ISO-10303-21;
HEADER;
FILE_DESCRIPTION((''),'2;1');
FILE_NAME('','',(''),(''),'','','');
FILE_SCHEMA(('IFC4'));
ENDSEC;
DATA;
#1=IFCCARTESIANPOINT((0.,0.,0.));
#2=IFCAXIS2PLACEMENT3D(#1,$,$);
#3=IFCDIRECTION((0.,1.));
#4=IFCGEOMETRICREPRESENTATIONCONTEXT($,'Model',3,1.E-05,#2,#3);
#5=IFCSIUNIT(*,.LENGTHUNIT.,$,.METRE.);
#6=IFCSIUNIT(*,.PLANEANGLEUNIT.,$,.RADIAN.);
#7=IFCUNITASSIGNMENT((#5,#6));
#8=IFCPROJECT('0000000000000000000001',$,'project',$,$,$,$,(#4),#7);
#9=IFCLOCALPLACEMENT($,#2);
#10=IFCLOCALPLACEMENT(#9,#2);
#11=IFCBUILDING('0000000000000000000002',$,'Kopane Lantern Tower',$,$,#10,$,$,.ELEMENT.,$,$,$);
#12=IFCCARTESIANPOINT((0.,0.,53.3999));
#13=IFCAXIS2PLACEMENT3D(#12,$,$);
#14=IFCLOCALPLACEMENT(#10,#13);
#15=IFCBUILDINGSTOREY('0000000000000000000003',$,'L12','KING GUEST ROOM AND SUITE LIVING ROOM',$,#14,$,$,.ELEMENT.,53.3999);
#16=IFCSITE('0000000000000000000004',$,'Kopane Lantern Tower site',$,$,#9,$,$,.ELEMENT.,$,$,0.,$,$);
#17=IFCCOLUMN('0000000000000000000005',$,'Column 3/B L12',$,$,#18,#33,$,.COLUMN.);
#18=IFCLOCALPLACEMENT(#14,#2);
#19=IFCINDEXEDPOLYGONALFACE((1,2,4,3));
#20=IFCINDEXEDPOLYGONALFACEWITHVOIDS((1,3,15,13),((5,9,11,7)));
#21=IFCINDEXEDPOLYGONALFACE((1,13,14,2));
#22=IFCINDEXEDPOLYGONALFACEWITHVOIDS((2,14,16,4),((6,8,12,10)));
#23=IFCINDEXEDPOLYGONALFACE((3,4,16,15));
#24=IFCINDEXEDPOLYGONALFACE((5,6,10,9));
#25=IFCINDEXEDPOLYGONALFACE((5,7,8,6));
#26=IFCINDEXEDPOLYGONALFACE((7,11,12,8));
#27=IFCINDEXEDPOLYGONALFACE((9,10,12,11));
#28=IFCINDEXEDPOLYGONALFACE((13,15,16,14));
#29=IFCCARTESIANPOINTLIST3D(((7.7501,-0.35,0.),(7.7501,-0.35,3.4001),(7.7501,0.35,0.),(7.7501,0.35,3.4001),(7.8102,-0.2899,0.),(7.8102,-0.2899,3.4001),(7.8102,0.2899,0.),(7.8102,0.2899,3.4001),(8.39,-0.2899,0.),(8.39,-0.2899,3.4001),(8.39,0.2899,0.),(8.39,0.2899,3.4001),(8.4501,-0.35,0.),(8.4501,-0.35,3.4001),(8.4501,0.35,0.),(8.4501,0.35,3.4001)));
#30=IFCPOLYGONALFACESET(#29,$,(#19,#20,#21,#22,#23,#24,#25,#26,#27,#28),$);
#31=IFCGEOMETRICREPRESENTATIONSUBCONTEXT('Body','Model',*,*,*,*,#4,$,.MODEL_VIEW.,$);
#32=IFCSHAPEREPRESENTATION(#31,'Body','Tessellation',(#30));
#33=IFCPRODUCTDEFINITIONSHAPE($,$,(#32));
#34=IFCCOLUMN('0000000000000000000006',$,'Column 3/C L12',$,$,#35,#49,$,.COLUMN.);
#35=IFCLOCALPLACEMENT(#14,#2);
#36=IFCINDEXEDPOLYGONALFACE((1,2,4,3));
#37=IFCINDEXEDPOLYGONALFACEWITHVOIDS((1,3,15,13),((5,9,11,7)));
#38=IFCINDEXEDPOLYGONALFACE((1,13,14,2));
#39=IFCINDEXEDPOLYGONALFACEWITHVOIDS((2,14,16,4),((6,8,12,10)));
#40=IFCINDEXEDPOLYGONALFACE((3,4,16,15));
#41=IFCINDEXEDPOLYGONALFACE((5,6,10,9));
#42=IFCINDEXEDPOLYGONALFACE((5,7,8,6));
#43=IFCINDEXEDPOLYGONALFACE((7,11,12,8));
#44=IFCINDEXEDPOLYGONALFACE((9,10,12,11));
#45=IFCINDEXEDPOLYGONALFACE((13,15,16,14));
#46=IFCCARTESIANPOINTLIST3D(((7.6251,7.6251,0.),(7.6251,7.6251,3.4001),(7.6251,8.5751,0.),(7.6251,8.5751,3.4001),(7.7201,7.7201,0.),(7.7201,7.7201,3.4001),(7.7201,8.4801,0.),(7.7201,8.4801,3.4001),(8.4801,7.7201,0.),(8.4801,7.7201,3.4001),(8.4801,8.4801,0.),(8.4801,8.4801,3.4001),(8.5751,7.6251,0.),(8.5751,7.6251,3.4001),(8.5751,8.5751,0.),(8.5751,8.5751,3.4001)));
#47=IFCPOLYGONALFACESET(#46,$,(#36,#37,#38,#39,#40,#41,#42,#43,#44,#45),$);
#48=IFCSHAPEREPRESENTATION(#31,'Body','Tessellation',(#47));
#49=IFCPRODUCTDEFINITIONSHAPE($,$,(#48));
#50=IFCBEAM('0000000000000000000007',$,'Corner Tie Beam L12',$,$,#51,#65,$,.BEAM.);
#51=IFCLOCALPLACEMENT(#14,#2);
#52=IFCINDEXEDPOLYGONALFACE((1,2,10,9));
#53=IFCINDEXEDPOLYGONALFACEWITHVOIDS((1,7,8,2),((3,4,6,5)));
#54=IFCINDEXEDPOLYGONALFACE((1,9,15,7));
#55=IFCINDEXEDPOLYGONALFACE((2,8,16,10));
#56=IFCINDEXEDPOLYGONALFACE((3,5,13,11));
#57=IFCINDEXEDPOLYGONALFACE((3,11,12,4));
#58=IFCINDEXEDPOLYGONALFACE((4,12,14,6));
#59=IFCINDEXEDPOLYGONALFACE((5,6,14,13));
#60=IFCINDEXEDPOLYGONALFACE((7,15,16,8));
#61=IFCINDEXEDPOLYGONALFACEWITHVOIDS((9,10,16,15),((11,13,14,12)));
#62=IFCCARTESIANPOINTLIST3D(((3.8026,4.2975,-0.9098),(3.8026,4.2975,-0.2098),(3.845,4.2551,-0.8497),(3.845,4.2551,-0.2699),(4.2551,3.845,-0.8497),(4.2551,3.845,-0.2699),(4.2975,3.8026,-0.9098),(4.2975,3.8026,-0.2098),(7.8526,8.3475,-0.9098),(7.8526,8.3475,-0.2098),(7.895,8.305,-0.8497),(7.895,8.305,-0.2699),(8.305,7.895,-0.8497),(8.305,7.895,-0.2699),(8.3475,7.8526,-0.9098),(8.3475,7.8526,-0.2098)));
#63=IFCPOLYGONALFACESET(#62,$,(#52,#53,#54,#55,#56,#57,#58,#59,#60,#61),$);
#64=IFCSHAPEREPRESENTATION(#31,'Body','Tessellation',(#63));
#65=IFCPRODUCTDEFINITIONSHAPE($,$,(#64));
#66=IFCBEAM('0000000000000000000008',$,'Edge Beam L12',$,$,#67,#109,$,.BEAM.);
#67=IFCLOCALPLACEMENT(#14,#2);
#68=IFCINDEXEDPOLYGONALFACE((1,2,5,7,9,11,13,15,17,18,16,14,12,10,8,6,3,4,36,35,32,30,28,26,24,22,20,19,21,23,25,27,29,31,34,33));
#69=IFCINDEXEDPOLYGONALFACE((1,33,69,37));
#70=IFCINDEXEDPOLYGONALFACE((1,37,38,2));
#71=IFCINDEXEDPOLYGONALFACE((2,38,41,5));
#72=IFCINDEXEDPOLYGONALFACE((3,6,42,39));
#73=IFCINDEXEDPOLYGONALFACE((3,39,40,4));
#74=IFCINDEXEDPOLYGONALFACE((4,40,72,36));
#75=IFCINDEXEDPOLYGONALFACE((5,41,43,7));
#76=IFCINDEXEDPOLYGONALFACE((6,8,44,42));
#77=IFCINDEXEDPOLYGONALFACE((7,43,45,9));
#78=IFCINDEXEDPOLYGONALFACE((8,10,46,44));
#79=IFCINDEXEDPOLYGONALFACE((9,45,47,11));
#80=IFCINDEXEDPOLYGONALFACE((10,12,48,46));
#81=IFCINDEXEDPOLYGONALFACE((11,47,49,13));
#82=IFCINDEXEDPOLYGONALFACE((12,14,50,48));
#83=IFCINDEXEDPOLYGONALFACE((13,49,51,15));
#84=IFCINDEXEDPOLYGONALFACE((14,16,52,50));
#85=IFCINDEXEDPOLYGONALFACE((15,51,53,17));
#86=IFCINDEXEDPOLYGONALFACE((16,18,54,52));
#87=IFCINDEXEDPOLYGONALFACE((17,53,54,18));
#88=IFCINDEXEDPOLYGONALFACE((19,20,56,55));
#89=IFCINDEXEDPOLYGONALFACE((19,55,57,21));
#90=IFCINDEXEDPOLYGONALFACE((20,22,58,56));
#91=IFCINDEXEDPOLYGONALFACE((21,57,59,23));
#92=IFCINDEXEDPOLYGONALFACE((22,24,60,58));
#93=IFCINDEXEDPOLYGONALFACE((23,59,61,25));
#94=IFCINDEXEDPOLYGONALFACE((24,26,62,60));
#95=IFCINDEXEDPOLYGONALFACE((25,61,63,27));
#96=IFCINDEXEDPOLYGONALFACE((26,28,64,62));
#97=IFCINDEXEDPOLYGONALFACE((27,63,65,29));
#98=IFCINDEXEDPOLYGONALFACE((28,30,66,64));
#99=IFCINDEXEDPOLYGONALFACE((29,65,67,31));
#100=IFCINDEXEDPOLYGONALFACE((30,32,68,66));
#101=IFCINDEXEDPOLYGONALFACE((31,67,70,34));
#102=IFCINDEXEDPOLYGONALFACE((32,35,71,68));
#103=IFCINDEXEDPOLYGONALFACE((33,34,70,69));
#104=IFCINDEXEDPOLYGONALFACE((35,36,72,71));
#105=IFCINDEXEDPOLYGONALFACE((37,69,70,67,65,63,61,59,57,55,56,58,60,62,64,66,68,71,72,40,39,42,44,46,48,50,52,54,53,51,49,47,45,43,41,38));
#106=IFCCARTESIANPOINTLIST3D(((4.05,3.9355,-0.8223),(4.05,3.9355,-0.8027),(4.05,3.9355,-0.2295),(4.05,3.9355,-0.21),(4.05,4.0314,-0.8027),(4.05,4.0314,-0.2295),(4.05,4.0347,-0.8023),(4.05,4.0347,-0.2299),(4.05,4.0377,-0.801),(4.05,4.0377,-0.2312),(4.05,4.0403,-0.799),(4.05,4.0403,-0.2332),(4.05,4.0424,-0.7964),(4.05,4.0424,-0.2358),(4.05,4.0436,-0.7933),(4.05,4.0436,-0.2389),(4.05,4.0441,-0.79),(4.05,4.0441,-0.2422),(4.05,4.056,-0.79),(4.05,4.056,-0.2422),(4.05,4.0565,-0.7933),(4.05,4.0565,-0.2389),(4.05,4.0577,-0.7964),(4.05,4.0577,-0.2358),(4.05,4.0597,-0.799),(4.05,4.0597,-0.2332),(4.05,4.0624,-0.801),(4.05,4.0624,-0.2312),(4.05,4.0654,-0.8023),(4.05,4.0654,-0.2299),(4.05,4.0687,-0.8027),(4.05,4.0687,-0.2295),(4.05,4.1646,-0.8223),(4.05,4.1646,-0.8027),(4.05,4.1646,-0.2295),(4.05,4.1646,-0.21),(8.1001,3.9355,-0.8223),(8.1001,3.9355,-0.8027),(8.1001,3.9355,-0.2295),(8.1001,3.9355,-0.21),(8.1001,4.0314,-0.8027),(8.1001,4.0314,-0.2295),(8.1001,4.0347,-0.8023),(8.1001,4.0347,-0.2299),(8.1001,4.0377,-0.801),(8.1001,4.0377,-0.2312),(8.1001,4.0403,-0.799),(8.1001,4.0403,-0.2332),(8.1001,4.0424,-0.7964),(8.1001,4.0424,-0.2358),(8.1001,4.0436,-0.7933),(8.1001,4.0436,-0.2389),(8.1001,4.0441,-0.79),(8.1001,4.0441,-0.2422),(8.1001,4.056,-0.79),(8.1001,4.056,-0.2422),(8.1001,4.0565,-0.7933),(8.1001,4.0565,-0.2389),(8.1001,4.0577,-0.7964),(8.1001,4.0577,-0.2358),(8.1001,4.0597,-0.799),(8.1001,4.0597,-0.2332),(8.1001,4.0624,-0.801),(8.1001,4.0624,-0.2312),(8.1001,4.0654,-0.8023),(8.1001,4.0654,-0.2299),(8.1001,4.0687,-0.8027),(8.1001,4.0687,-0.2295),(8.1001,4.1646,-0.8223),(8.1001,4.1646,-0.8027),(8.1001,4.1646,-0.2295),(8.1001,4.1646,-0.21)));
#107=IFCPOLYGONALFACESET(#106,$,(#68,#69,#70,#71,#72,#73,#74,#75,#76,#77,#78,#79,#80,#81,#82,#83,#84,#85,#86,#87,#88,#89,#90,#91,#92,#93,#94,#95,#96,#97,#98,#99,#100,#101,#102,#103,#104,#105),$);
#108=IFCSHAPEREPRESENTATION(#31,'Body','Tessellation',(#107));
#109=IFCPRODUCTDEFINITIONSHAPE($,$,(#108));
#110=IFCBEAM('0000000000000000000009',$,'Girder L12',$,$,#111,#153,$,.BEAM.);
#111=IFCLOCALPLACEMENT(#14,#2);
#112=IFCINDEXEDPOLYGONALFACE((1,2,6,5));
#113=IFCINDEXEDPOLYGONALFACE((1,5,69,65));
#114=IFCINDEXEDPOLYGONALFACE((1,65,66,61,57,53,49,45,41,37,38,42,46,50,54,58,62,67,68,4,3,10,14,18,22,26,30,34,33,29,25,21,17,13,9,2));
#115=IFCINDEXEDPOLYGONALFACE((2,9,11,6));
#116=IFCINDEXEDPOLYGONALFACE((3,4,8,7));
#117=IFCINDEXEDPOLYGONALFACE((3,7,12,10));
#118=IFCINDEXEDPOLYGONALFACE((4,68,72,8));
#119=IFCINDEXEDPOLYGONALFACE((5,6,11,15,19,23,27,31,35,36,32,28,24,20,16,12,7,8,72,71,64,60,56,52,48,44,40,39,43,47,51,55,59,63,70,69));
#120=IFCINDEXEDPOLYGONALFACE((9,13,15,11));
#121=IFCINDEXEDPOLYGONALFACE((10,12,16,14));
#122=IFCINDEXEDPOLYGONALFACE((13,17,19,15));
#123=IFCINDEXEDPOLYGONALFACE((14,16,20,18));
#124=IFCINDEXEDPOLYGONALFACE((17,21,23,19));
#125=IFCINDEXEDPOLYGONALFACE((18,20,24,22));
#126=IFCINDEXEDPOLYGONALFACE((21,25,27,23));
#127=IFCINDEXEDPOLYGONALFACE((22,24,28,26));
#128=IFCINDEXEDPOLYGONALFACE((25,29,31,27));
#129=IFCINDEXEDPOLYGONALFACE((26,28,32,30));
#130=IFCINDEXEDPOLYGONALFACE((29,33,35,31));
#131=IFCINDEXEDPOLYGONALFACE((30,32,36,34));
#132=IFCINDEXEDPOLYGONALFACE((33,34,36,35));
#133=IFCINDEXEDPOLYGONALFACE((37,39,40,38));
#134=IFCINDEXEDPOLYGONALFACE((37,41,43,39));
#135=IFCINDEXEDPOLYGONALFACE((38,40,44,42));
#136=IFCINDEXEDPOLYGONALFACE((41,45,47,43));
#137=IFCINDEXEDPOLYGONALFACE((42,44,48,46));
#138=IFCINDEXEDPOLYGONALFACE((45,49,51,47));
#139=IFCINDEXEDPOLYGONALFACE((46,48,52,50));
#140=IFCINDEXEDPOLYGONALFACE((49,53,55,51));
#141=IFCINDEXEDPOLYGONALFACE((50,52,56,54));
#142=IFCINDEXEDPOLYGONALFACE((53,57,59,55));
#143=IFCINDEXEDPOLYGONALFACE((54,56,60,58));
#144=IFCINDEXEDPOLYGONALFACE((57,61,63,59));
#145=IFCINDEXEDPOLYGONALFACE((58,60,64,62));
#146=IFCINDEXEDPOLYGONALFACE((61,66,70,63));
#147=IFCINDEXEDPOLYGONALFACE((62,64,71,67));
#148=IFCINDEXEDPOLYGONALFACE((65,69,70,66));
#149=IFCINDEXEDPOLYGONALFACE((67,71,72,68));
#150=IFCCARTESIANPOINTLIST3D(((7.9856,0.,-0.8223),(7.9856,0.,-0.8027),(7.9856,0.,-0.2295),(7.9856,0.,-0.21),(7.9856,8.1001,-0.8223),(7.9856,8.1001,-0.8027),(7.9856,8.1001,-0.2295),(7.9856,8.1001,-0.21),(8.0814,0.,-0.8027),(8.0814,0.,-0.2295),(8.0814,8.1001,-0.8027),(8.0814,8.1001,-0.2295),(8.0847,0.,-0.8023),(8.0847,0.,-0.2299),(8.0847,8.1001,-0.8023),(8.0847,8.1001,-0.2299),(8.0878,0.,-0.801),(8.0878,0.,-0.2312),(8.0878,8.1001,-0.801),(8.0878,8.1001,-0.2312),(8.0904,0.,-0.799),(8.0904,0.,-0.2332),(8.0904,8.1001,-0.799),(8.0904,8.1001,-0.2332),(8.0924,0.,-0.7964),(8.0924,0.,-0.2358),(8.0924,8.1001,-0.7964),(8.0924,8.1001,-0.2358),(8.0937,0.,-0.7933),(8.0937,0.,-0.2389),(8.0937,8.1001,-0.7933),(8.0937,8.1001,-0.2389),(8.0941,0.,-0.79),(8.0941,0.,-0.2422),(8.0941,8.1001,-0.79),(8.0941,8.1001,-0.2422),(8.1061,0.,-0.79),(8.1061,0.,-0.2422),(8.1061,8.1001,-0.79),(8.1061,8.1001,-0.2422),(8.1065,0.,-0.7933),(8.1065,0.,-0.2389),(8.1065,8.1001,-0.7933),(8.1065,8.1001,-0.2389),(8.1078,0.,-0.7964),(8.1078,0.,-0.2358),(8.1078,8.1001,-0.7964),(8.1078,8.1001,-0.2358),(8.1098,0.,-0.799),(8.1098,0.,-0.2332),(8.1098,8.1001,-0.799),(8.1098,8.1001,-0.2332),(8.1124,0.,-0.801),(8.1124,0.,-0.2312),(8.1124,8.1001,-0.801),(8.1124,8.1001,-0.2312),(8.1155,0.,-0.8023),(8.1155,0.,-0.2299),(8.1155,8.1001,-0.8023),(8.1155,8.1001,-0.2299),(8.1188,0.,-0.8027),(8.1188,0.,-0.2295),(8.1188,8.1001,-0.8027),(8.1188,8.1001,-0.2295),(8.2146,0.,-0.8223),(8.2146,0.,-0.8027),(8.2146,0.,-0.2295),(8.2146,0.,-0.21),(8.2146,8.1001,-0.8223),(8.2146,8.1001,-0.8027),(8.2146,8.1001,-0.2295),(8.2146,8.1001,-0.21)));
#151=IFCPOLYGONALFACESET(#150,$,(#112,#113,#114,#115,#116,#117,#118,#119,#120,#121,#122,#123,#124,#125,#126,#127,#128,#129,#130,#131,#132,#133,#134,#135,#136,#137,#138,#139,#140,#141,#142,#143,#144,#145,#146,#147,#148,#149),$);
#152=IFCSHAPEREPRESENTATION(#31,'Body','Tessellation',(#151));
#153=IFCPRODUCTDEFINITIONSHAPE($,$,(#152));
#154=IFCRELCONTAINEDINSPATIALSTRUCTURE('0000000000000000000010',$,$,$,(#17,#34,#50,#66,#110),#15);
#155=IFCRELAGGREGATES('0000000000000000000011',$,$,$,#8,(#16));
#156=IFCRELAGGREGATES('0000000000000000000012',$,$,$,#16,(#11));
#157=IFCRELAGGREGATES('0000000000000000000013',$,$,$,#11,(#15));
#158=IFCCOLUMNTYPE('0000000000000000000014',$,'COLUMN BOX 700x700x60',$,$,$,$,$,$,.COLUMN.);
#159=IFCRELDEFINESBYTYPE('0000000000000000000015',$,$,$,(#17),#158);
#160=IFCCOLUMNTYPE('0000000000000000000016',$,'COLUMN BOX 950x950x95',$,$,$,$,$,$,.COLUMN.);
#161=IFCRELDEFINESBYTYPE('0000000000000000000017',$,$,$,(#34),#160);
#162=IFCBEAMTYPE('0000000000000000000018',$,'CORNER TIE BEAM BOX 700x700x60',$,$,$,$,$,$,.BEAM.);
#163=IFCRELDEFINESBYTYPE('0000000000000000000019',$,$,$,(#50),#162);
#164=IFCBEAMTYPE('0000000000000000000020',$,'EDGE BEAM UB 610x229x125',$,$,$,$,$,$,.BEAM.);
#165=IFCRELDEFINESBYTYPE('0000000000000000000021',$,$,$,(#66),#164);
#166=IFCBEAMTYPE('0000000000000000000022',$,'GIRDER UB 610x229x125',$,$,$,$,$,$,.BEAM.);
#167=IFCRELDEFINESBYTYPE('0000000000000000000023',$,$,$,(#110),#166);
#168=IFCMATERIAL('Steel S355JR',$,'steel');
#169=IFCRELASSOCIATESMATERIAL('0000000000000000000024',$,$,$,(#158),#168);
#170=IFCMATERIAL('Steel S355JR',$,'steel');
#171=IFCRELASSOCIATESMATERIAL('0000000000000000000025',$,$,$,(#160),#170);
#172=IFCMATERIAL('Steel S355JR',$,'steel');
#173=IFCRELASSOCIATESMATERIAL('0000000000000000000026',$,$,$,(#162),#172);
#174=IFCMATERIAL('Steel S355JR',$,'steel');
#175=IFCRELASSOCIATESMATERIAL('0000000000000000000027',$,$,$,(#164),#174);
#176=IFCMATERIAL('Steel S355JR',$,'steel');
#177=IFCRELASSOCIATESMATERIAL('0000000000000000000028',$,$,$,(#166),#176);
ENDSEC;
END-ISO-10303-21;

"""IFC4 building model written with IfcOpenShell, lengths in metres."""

from ifc_helpers import new_model, si_unit, direction, frame, origin, origin_2d, place, context, subcontext, project, spatial, hollow_rectangle, i_section, extrude, material, material_profile, profile_set, type_object, element, save


model = new_model("IFC4")

# Units and contexts
model_context = context("Model", 3, precision=1e-05, world=origin(), true_north=direction((0.0, 1.0)))
body_context = subcontext(model_context, "Body", "Model", "MODEL_VIEW")
ifc_project = project(units=[si_unit("LENGTHUNIT", "METRE"), si_unit("PLANEANGLEUNIT", "RADIAN")], contexts=[model_context])

# Site, building, storey
site_placement = place(None, origin())
site = spatial("IfcSite", under=ifc_project, at=site_placement, Name="Kopane Lantern Tower site", CompositionType="ELEMENT", RefElevation=0.0)
building_placement = place(site_placement, origin())
building = spatial("IfcBuilding", under=site, at=building_placement, Name="Kopane Lantern Tower", CompositionType="ELEMENT")
storey_placement = place(building_placement, frame((0.0, 0.0, 53.3999)))
storey = spatial("IfcBuildingStorey", under=building, at=storey_placement, Name="L12", Description="KING GUEST ROOM AND SUITE LIVING ROOM", CompositionType="ELEMENT", Elevation=53.3999)

# Columns
ifc_material_1 = material(Name="Steel S355JR", Category="steel")
ifc_material_profile_1 = material_profile(ifc_material_1, hollow_rectangle(XDim=0.7, YDim=0.7, WallThickness=0.0601, at=origin_2d()), Name="BOX 700x700x60")
ifc_profile_set_1 = profile_set([ifc_material_profile_1], Name="Steel S355JR")
column_type_1 = type_object("IfcColumnType", Name="COLUMN BOX 700x700x60", PredefinedType="COLUMN", material=ifc_profile_set_1)
column_1_placement = place(storey_placement, frame((8.1001, 0.0, 0.0), z_axis=(0.0, 0.0, 1.0), x_axis=(1.0, 0.0, 0.0)))
element("IfcColumn", 1, at=column_1_placement, inside=storey, type_object=column_type_1, Name="Column 3/B L12", PredefinedType="COLUMN", context=body_context, shape_type="SweptSolid", body=[
    extrude(hollow_rectangle(XDim=0.7, YDim=0.7, WallThickness=0.0601, at=origin_2d()), origin(), (0.0, 0.0, 1.0), 3.4001),
])
ifc_material_2 = material(Name="Steel S355JR", Category="steel")
ifc_material_profile_2 = material_profile(ifc_material_2, hollow_rectangle(XDim=0.95, YDim=0.95, WallThickness=0.095, at=origin_2d()), Name="BOX 950x950x95")
ifc_profile_set_2 = profile_set([ifc_material_profile_2], Name="Steel S355JR")
column_type_2 = type_object("IfcColumnType", Name="COLUMN BOX 950x950x95", PredefinedType="COLUMN", material=ifc_profile_set_2)
column_2_placement = place(storey_placement, frame((8.1001, 8.1001, 0.0), z_axis=(0.0, 0.0, 1.0), x_axis=(1.0, 0.0, 0.0)))
element("IfcColumn", 2, at=column_2_placement, inside=storey, type_object=column_type_2, Name="Column 3/C L12", PredefinedType="COLUMN", context=body_context, shape_type="SweptSolid", body=[
    extrude(hollow_rectangle(XDim=0.95, YDim=0.95, WallThickness=0.095, at=origin_2d()), origin(), (0.0, 0.0, 1.0), 3.4001),
])

# Beams
ifc_material_3 = material(Name="Steel S355JR", Category="steel")
ifc_material_profile_3 = material_profile(ifc_material_3, hollow_rectangle(XDim=0.7, YDim=0.7, WallThickness=0.0601, at=origin_2d()), Name="BOX 700x700x60")
ifc_profile_set_3 = profile_set([ifc_material_profile_3], Name="Steel S355JR")
beam_type_1 = type_object("IfcBeamType", Name="CORNER TIE BEAM BOX 700x700x60", PredefinedType="BEAM", material=ifc_profile_set_3)
beam_1_placement = place(storey_placement, frame((4.05, 4.05, -0.5598), z_axis=(0.707107, 0.707107, 0.0), x_axis=(-0.707107, 0.707107, 0.0)))
element("IfcBeam", 3, at=beam_1_placement, inside=storey, type_object=beam_type_1, Name="Corner Tie Beam L12", PredefinedType="BEAM", context=body_context, shape_type="SweptSolid", body=[
    extrude(hollow_rectangle(XDim=0.7, YDim=0.7, WallThickness=0.0601, at=origin_2d()), origin(), (0.0, 0.0, 1.0), 5.7275),
])
ifc_material_4 = material(Name="Steel S355JR", Category="steel")
ifc_material_profile_4 = material_profile(ifc_material_4, i_section(OverallWidth=0.229, OverallDepth=0.6123, WebThickness=0.012, FlangeThickness=0.0195, FilletRadius=0.0127, at=origin_2d()), Name="UB 610x229x125")
ifc_profile_set_4 = profile_set([ifc_material_profile_4], Name="Steel S355JR")
beam_type_2 = type_object("IfcBeamType", Name="EDGE BEAM UB 610x229x125", PredefinedType="BEAM", material=ifc_profile_set_4)
beam_2_placement = place(storey_placement, frame((4.05, 4.05, -0.5161), z_axis=(1.0, 0.0, 0.0), x_axis=(0.0, 1.0, 0.0)))
element("IfcBeam", 4, at=beam_2_placement, inside=storey, type_object=beam_type_2, Name="Edge Beam L12", PredefinedType="BEAM", context=body_context, shape_type="SweptSolid", body=[
    extrude(i_section(OverallWidth=0.229, OverallDepth=0.6123, WebThickness=0.012, FlangeThickness=0.0195, FilletRadius=0.0127, at=origin_2d()), origin(), (0.0, 0.0, 1.0), 4.05),
])
ifc_material_5 = material(Name="Steel S355JR", Category="steel")
ifc_material_profile_5 = material_profile(ifc_material_5, i_section(OverallWidth=0.229, OverallDepth=0.6123, WebThickness=0.012, FlangeThickness=0.0195, FilletRadius=0.0127, at=origin_2d()), Name="UB 610x229x125")
ifc_profile_set_5 = profile_set([ifc_material_profile_5], Name="Steel S355JR")
beam_type_3 = type_object("IfcBeamType", Name="GIRDER UB 610x229x125", PredefinedType="BEAM", material=ifc_profile_set_5)
beam_3_placement = place(storey_placement, frame((8.1001, 0.0, -0.5161), z_axis=(0.0, 1.0, 0.0), x_axis=(-1.0, 0.0, 0.0)))
element("IfcBeam", 5, at=beam_3_placement, inside=storey, type_object=beam_type_3, Name="Girder L12", PredefinedType="BEAM", context=body_context, shape_type="SweptSolid", body=[
    extrude(i_section(OverallWidth=0.229, OverallDepth=0.6123, WebThickness=0.012, FlangeThickness=0.0195, FilletRadius=0.0127, at=origin_2d()), origin(), (0.0, 0.0, 1.0), 8.1001),
])

save(model, "model.ifc")
